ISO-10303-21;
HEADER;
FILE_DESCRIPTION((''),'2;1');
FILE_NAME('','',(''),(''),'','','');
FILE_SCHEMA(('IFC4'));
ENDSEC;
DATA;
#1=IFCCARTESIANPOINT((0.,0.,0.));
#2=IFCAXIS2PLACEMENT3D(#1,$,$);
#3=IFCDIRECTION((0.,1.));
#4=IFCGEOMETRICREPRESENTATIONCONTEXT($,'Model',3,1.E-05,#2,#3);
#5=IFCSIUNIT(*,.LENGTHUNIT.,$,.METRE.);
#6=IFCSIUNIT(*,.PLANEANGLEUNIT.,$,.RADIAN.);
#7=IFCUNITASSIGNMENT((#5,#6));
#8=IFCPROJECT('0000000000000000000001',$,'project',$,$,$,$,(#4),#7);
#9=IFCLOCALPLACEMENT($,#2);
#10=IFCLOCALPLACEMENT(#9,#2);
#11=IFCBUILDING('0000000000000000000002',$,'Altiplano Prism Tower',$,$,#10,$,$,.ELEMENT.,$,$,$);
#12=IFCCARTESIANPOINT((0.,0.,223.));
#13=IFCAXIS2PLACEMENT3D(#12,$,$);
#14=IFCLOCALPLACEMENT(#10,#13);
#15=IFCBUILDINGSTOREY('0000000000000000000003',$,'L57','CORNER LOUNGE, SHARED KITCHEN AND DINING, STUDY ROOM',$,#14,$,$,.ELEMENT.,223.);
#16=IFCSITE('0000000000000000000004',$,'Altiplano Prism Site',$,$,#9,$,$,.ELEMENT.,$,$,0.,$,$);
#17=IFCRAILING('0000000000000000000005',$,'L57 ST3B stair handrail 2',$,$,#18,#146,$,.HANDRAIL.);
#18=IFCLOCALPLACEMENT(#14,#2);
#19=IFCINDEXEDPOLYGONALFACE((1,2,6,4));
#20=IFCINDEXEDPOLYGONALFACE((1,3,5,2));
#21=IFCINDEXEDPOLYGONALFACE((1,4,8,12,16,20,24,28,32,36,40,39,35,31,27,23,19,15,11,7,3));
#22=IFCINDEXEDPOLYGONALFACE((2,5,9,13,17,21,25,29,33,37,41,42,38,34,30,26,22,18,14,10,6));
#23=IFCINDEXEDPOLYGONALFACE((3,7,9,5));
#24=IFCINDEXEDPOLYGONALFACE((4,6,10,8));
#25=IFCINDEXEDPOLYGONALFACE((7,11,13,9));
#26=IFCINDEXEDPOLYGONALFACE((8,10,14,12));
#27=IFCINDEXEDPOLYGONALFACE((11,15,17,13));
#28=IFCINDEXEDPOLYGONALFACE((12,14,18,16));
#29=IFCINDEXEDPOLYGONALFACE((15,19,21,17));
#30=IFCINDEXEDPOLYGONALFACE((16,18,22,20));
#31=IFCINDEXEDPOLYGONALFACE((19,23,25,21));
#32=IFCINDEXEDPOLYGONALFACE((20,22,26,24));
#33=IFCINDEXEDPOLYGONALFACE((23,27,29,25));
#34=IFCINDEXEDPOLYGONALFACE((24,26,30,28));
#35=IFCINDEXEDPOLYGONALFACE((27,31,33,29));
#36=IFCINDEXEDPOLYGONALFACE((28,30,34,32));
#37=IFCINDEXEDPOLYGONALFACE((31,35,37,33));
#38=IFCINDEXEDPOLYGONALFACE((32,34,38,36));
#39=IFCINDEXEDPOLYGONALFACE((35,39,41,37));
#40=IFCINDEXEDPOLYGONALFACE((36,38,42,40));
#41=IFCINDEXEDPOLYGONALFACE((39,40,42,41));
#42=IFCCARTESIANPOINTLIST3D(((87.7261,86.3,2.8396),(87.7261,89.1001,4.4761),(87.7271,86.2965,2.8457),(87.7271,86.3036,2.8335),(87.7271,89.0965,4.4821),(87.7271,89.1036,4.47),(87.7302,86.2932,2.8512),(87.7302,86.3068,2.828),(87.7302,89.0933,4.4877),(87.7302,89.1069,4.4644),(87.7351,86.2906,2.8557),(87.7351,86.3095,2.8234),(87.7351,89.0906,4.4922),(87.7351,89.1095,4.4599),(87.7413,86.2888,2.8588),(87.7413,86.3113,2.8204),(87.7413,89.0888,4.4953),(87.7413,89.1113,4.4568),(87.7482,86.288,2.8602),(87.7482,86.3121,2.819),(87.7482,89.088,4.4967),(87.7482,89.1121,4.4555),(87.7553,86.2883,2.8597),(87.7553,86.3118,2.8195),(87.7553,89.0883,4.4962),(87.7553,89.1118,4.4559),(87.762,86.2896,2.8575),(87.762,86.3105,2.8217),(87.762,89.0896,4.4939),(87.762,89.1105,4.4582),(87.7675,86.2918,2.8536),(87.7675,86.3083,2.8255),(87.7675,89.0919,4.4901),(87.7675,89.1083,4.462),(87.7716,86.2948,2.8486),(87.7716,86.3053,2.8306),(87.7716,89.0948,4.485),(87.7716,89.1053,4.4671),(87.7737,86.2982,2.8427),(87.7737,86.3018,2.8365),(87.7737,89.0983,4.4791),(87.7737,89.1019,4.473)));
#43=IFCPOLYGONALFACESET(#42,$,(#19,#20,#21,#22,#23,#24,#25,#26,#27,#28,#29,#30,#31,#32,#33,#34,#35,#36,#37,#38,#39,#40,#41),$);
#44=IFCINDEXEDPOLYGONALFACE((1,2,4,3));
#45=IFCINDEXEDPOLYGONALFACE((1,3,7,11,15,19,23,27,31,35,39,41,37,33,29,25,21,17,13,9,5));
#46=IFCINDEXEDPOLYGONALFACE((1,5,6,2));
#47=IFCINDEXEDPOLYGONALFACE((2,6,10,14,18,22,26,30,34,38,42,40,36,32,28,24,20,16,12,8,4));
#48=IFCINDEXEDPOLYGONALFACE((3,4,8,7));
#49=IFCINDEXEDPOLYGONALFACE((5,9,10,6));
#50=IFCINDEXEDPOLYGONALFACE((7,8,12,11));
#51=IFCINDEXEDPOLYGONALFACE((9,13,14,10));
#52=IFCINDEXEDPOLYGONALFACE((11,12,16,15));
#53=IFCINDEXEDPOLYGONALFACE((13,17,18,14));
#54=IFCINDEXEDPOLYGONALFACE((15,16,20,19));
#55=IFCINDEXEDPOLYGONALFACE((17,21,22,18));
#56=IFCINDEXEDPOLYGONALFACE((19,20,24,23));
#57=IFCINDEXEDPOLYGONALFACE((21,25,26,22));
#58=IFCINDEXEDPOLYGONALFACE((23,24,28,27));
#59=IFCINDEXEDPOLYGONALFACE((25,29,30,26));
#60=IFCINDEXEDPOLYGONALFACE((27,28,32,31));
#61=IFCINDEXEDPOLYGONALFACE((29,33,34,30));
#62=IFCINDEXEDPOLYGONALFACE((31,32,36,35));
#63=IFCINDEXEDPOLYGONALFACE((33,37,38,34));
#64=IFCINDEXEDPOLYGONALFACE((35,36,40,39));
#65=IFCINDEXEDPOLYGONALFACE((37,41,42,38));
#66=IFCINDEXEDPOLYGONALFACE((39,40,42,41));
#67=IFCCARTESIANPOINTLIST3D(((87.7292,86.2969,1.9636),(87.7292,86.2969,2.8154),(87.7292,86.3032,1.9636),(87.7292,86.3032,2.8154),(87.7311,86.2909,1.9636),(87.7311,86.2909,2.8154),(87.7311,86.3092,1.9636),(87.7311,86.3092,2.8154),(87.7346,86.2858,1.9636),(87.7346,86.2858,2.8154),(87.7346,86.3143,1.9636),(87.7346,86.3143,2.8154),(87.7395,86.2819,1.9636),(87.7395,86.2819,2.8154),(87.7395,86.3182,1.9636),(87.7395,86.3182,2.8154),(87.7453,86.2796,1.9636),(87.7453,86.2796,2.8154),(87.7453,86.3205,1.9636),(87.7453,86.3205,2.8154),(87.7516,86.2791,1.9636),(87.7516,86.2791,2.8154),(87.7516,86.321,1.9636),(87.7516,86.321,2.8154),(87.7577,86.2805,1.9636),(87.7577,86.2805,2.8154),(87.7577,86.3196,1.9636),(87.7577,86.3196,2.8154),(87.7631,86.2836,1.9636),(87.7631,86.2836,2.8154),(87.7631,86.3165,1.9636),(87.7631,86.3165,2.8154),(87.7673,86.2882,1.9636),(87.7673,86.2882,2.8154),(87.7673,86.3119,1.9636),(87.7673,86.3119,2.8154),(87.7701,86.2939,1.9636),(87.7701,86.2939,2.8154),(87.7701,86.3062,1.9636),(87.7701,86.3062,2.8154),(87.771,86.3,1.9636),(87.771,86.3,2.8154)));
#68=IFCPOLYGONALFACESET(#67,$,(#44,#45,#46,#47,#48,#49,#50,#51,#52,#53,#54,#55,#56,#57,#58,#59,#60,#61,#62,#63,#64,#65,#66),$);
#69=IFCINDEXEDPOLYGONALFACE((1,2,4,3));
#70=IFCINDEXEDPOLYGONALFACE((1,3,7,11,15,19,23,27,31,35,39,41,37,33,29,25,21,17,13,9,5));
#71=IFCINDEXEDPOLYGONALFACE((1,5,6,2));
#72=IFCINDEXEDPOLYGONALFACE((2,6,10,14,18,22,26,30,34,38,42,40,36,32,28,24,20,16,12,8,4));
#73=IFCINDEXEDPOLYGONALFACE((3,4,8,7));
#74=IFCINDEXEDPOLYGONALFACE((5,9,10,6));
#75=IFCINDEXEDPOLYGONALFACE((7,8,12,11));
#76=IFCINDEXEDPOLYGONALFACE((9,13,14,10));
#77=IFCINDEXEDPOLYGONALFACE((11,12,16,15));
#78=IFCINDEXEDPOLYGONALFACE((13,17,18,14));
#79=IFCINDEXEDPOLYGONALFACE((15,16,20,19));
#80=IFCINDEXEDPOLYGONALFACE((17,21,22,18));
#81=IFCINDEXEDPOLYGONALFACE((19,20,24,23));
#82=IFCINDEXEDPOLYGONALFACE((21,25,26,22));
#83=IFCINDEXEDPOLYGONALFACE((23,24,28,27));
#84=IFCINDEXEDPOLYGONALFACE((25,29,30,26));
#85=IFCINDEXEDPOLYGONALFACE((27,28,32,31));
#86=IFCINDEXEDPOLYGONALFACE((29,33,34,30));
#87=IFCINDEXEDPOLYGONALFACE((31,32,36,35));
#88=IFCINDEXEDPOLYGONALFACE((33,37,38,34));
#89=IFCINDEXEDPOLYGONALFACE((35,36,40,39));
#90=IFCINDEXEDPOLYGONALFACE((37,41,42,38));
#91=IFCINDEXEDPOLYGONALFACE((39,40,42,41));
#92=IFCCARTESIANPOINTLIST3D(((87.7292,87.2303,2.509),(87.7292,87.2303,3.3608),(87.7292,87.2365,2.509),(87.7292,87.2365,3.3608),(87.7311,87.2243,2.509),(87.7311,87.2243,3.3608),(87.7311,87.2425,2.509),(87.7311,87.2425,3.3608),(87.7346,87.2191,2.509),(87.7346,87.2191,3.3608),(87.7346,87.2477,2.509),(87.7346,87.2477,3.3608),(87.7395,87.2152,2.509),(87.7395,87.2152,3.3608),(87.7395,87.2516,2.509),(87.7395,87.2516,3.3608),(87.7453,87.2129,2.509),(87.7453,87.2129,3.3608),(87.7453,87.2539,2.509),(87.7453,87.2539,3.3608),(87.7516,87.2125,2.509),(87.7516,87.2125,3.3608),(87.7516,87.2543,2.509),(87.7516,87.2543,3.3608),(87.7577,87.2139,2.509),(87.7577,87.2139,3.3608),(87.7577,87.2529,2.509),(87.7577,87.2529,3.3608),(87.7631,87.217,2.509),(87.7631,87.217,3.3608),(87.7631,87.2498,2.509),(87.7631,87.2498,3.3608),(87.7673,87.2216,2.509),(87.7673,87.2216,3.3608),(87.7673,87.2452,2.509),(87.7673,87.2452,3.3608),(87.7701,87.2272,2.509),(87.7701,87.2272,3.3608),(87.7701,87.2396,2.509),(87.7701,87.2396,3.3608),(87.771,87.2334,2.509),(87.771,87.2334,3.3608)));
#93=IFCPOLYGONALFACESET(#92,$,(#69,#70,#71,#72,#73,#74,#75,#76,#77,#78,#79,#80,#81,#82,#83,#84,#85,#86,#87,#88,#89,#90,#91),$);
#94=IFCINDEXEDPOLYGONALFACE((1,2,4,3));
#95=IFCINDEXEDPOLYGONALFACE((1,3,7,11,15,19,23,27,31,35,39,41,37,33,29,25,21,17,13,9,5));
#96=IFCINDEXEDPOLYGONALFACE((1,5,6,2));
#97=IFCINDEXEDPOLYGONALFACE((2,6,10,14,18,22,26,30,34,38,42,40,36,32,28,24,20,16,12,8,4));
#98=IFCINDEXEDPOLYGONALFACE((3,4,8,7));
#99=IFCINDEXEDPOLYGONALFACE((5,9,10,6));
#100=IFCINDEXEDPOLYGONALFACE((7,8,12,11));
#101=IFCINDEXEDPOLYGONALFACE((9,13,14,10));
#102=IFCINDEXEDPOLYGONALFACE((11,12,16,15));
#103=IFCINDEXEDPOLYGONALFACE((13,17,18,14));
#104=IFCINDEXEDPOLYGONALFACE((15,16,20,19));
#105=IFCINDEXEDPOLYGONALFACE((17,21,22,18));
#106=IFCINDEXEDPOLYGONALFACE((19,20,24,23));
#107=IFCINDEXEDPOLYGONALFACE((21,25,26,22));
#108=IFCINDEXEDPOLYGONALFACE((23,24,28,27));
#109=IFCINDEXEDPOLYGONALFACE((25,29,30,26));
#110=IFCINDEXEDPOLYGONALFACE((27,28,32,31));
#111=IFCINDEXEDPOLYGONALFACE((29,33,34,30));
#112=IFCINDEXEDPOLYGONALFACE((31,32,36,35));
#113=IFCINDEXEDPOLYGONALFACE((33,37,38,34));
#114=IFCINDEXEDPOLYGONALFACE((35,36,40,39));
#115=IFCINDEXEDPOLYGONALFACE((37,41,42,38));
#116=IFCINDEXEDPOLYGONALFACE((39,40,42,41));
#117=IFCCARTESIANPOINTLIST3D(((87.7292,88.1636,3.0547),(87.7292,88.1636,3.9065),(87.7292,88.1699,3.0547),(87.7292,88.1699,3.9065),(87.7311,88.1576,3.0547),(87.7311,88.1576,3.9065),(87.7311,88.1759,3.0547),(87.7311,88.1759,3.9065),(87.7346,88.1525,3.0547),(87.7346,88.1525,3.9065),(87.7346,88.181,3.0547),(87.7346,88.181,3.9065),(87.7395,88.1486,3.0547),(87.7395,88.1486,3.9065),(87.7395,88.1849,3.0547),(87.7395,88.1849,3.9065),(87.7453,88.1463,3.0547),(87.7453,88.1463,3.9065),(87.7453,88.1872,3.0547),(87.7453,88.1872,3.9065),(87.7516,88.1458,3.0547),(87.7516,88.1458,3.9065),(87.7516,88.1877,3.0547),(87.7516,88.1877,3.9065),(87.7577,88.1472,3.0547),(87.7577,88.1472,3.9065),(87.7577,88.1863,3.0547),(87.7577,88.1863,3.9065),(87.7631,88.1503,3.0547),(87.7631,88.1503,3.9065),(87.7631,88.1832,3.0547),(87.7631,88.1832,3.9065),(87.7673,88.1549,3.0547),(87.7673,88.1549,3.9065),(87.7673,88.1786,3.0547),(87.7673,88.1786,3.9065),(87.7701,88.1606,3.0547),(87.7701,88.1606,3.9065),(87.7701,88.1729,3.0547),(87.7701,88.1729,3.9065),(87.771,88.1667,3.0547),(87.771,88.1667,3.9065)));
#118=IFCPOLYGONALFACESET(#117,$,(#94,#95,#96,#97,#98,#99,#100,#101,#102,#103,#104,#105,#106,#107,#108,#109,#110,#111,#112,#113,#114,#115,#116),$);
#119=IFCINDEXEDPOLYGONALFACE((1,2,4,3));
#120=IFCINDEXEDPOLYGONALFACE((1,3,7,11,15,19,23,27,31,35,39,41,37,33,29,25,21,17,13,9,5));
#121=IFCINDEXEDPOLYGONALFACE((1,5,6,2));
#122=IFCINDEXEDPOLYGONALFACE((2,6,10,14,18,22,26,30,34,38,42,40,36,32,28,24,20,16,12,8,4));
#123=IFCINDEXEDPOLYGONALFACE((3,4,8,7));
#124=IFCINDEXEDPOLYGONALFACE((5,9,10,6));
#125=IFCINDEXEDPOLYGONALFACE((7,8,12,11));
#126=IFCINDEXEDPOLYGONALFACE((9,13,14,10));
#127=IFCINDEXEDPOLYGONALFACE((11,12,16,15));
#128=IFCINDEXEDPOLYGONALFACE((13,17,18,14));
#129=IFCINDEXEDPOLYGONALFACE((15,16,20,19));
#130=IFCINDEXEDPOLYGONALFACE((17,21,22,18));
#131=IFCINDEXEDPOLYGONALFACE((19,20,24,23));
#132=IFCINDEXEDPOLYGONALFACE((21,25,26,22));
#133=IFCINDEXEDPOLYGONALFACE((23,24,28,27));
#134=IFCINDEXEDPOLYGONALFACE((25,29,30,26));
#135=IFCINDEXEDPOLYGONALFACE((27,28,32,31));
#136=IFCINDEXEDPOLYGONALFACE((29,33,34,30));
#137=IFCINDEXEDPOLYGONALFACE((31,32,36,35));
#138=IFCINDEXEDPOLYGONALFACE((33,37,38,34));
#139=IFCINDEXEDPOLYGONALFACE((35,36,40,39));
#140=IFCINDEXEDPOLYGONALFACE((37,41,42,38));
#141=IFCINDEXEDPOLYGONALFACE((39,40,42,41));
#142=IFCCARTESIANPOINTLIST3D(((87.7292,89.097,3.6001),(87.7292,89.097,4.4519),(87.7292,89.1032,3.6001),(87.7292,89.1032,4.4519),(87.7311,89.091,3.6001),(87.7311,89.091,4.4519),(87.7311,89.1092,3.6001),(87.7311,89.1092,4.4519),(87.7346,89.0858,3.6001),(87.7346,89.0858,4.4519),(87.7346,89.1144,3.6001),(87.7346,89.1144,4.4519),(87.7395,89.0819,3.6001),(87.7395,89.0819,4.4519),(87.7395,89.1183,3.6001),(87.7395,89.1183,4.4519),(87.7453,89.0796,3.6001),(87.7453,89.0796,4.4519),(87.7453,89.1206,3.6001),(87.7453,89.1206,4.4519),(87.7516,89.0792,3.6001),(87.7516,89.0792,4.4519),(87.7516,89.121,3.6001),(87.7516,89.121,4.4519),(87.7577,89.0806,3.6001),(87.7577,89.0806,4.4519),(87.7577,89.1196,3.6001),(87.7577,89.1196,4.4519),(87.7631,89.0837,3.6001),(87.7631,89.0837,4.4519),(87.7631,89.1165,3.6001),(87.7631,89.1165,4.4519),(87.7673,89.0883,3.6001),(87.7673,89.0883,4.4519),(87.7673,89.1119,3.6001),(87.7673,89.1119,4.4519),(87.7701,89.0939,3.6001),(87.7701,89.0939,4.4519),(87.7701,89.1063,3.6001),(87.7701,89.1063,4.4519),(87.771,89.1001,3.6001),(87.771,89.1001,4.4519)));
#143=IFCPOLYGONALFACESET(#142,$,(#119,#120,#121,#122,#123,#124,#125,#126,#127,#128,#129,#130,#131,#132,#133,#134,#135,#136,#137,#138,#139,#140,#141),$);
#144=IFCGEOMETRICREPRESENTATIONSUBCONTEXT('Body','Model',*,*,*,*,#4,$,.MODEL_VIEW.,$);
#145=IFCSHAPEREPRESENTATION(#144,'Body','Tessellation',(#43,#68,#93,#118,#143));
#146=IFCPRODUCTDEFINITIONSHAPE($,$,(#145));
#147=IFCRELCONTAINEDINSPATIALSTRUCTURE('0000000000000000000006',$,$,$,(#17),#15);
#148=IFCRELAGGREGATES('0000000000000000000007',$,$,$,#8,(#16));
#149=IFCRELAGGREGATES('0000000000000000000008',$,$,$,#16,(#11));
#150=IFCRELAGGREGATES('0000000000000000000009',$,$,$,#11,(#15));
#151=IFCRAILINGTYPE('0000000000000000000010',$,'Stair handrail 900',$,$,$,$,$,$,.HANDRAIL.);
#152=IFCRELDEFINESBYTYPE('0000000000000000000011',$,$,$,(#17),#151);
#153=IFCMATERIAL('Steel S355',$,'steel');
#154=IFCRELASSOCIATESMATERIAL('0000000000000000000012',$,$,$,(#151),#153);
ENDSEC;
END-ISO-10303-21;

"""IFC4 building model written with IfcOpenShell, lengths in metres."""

from ifc_helpers import new_model, si_unit, direction, frame, origin, origin_2d, place, context, subcontext, project, spatial, circle, extrude, material, type_object, element, save


model = new_model("IFC4")

# Units and contexts
model_context = context("Model", 3, precision=1e-05, world=origin(), true_north=direction((0.0, 1.0)))
body_context = subcontext(model_context, "Body", "Model", "MODEL_VIEW")
ifc_project = project(units=[si_unit("LENGTHUNIT", "METRE"), si_unit("PLANEANGLEUNIT", "RADIAN")], contexts=[model_context])

# Site, building, storey
site_placement = place(None, origin())
site = spatial("IfcSite", under=ifc_project, at=site_placement, Name="Altiplano Prism Site", CompositionType="ELEMENT", RefElevation=0.0)
building_placement = place(site_placement, origin())
building = spatial("IfcBuilding", under=site, at=building_placement, Name="Altiplano Prism Tower", CompositionType="ELEMENT")
storey_placement = place(building_placement, frame((0.0, 0.0, 223.0)))
storey = spatial("IfcBuildingStorey", under=building, at=storey_placement, Name="L57", Description="CORNER LOUNGE, SHARED KITCHEN AND DINING, STUDY ROOM", CompositionType="ELEMENT", Elevation=223.0)

# Railing
ifc_material_1 = material(Name="Steel S355", Category="steel")
railing_type = type_object("IfcRailingType", Name="Stair handrail 900", PredefinedType="HANDRAIL", material=ifc_material_1)
for number, where, name in (
    (1, (87.75, 86.3, 1.9636), "L57 ST3B stair handrail 2"),
):
    element("IfcRailing", number, at=place(storey_placement, frame(where)), inside=storey, type_object=railing_type, Name=name, PredefinedType="HANDRAIL", context=body_context, shape_type="SweptSolid", body=[
        extrude(circle(Radius=0.0239, at=origin_2d()), frame((0.0, 0.0, 0.876), z_axis=(0.0, 0.863361, 0.504587), x_axis=(-1.0, 0.0, 0.0)), (0.0, 0.0, 1.0), 3.2432),
        extrude(circle(Radius=0.021, at=origin_2d()), origin(), (0.0, 0.0, 1.0), 0.8518),
        extrude(circle(Radius=0.021, at=origin_2d()), frame((0.0, 0.9333, 0.5454)), (0.0, 0.0, 1.0), 0.8518),
        extrude(circle(Radius=0.021, at=origin_2d()), frame((0.0, 1.8667, 1.0911)), (0.0, 0.0, 1.0), 0.8518),
        extrude(circle(Radius=0.021, at=origin_2d()), frame((0.0, 2.8, 1.6365)), (0.0, 0.0, 1.0), 0.8518),
    ])

save(model, "model.ifc")
